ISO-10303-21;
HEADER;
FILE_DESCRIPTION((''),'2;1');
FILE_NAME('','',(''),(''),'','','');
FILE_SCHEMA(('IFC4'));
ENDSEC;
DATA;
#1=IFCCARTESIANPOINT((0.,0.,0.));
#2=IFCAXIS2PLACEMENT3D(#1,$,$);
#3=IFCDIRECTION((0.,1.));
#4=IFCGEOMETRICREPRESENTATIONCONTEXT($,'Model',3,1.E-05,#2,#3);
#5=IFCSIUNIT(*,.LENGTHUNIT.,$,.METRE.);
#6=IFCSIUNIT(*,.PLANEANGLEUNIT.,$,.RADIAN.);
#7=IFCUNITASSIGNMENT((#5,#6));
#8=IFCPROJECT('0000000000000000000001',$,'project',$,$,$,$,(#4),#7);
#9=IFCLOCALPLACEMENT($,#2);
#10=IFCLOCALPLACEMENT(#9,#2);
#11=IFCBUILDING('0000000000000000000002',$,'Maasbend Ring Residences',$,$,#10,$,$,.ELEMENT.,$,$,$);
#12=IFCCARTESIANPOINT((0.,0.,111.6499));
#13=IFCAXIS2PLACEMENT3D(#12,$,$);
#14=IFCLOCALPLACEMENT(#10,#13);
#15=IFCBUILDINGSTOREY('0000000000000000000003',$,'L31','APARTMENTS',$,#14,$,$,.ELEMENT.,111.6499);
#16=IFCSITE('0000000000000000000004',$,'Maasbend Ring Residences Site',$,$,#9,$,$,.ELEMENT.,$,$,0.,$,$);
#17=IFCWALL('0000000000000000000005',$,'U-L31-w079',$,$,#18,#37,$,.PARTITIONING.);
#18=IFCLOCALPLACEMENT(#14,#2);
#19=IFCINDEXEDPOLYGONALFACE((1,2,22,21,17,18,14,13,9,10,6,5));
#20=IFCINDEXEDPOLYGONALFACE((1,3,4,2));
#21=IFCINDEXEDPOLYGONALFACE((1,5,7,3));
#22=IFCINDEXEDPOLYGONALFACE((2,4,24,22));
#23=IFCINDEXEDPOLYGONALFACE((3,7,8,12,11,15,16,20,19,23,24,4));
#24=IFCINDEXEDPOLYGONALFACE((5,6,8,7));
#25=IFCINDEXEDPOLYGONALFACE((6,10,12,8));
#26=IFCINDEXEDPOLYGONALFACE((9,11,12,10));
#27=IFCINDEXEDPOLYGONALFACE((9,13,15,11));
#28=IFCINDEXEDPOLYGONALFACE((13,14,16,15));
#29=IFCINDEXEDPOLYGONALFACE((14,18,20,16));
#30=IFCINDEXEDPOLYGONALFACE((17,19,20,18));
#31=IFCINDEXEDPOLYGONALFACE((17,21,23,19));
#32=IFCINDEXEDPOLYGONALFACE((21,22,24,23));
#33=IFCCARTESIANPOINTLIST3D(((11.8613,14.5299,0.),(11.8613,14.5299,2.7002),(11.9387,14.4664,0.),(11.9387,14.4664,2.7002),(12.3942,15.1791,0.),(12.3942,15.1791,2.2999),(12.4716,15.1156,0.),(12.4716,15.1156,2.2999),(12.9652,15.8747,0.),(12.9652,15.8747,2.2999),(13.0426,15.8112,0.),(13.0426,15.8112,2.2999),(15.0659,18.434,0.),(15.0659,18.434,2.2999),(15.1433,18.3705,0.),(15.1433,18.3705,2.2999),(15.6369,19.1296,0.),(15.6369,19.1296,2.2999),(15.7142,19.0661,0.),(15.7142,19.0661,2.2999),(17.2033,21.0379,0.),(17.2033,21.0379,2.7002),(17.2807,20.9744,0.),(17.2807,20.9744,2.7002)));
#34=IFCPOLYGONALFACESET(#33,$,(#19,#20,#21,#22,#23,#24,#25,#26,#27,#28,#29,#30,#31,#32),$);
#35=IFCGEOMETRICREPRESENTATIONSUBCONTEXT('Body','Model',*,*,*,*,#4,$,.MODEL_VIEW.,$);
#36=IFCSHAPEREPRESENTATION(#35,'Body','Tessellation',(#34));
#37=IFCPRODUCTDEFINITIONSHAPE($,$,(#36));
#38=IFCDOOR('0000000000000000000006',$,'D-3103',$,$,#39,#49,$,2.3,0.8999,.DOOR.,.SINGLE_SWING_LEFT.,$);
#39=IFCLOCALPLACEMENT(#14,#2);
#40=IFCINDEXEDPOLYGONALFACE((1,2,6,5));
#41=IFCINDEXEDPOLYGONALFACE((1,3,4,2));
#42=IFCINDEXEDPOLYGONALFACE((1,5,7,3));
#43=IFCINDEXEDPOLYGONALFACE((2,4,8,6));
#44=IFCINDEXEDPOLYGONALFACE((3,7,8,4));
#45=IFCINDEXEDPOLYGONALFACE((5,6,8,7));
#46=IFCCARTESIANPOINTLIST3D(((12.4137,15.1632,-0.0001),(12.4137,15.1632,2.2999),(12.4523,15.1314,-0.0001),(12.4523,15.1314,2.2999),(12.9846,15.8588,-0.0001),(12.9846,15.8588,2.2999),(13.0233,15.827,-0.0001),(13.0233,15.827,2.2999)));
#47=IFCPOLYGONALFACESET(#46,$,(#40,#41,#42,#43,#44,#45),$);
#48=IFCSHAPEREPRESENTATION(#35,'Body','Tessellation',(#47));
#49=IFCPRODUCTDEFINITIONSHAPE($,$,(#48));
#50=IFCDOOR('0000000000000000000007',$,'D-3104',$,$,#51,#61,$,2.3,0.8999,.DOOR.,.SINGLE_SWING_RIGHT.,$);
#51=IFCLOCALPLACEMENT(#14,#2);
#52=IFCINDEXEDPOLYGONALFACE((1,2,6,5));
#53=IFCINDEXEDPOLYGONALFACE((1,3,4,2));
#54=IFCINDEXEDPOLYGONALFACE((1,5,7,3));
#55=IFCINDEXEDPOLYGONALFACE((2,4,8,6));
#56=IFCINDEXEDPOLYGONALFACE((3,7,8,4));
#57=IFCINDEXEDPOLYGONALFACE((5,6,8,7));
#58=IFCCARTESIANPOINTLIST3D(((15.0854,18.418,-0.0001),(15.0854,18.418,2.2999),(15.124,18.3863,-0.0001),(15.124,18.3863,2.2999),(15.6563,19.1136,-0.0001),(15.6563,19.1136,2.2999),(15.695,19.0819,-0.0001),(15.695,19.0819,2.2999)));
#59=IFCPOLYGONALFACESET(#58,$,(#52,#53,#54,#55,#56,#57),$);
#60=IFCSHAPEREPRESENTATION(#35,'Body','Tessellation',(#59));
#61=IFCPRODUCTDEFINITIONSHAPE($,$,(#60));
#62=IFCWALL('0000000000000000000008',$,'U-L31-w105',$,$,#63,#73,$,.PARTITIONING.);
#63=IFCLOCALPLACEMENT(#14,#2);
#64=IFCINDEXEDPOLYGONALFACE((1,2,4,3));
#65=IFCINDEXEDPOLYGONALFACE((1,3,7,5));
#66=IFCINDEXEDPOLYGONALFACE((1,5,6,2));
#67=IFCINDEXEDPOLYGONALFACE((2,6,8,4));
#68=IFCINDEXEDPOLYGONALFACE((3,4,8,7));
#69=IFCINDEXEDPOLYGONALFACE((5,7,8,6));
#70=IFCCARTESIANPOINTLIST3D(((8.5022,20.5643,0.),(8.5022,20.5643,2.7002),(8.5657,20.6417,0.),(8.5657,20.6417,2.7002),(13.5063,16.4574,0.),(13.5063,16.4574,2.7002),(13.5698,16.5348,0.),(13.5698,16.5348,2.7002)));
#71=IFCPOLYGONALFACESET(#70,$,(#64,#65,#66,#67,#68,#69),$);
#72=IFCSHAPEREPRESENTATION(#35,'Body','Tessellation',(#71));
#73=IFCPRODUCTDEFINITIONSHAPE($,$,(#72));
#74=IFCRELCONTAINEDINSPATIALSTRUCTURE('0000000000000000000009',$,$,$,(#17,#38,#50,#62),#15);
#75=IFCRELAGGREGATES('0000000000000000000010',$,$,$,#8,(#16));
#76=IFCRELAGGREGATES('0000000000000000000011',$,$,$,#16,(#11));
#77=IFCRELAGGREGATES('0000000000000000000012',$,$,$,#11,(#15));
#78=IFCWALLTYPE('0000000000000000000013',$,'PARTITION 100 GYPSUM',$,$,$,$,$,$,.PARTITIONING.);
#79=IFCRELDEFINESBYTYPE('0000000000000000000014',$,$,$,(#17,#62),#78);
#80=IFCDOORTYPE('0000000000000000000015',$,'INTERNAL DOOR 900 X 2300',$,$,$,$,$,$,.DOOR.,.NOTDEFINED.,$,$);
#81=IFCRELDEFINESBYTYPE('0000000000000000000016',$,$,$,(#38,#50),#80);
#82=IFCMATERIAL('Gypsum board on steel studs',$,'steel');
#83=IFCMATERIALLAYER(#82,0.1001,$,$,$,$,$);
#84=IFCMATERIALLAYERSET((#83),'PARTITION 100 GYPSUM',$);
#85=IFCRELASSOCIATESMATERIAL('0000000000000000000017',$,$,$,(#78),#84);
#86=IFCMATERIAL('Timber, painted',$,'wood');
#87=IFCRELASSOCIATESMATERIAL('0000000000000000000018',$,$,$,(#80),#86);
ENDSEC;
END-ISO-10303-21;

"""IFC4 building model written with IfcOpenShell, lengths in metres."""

from ifc_helpers import new_model, si_unit, direction, frame, frame_2d, origin, place, context, subcontext, project, spatial, rectangle, extrude, material, layer, layer_set, type_object, element, fill, save


model = new_model("IFC4")

# Units and contexts
model_context = context("Model", 3, precision=1e-05, world=origin(), true_north=direction((0.0, 1.0)))
body_context = subcontext(model_context, "Body", "Model", "MODEL_VIEW")
ifc_project = project(units=[si_unit("LENGTHUNIT", "METRE"), si_unit("PLANEANGLEUNIT", "RADIAN")], contexts=[model_context])

# Site, building, storey
site_placement = place(None, origin())
site = spatial("IfcSite", under=ifc_project, at=site_placement, Name="Maasbend Ring Residences Site", CompositionType="ELEMENT", RefElevation=0.0)
building_placement = place(site_placement, origin())
building = spatial("IfcBuilding", under=site, at=building_placement, Name="Maasbend Ring Residences", CompositionType="ELEMENT")
storey_placement = place(building_placement, frame((0.0, 0.0, 111.6499)))
storey = spatial("IfcBuildingStorey", under=building, at=storey_placement, Name="L31", Description="APARTMENTS", CompositionType="ELEMENT", Elevation=111.6499)

# Shared definitions
ifc_material_1 = material(Name="Gypsum board on steel studs", Category="steel")
ifc_layer_1 = layer(ifc_material_1, 0.1001)
ifc_layer_set_1 = layer_set([ifc_layer_1], Name="PARTITION 100 GYPSUM")
wall_type_1 = type_object("IfcWallType", Name="PARTITION 100 GYPSUM", PredefinedType="PARTITIONING", material=ifc_layer_set_1)
ifc_material_2 = material(Name="Timber, painted", Category="wood")
door_type_1 = type_object("IfcDoorType", Name="INTERNAL DOOR 900 X 2300", OperationType="NOTDEFINED", PredefinedType="DOOR", material=ifc_material_2)

# Wall, openings, doors
wall_1_placement = place(storey_placement, frame((11.8999, 14.498, 0.0), z_axis=(0.0, 0.0, 1.0), x_axis=(0.634465, 0.772951, 0.0)))
wall_1 = element("IfcWall", 1, at=wall_1_placement, inside=storey, type_object=wall_type_1, Name="U-L31-w079", PredefinedType="PARTITIONING", context=body_context, shape_type="SweptSolid", body=[
    extrude(rectangle(XDim=8.4197, YDim=0.1001, at=frame_2d((4.21, 0.0))), origin(), (0.0, 0.0, 1.0), 2.7002),
])
opening_1_placement = place(wall_1_placement, frame((0.8401, 0.0, 0.0)))
opening_1 = element("IfcOpeningElement", 2, at=opening_1_placement, cuts=wall_1, PredefinedType="OPENING", context=body_context, shape_type="SweptSolid", body=[
    extrude(rectangle(XDim=0.8999, YDim=2.3, at=frame_2d((0.45, 1.1499))), frame((0.0, 0.0601, 0.0), z_axis=(0.0, -1.0, 0.0), x_axis=(1.0, 0.0, 0.0)), (0.0, 0.0, 1.0), 0.1201),
])
opening_2_placement = place(wall_1_placement, frame((5.051, 0.0, 0.0)))
opening_2 = element("IfcOpeningElement", 3, at=opening_2_placement, cuts=wall_1, PredefinedType="OPENING", context=body_context, shape_type="SweptSolid", body=[
    extrude(rectangle(XDim=0.8999, YDim=2.3, at=frame_2d((0.45, 1.1499))), frame((0.0, 0.0601, 0.0), z_axis=(0.0, -1.0, 0.0), x_axis=(1.0, 0.0, 0.0)), (0.0, 0.0, 1.0), 0.1201),
])
door_1_placement = place(opening_1_placement, origin())
door_1 = element("IfcDoor", 4, at=door_1_placement, inside=storey, type_object=door_type_1, Name="D-3103", OperationType="SINGLE_SWING_LEFT", OverallHeight=2.3, OverallWidth=0.8999, PredefinedType="DOOR", context=body_context, shape_type="SweptSolid", body=[
    extrude(rectangle(XDim=0.8999, YDim=2.3, at=frame_2d((0.45, 1.1499))), frame((0.0, 0.0249, 0.0), z_axis=(0.0, -1.0, 0.0), x_axis=(1.0, 0.0, 0.0)), (0.0, 0.0, 1.0), 0.05),
])
fill(opening_1, door_1)
door_2_placement = place(opening_2_placement, origin())
door_2 = element("IfcDoor", 5, at=door_2_placement, inside=storey, type_object=door_type_1, Name="D-3104", OperationType="SINGLE_SWING_RIGHT", OverallHeight=2.3, OverallWidth=0.8999, PredefinedType="DOOR", context=body_context, shape_type="SweptSolid", body=[
    extrude(rectangle(XDim=0.8999, YDim=2.3, at=frame_2d((0.45, 1.1499))), frame((0.0, 0.0249, 0.0), z_axis=(0.0, -1.0, 0.0), x_axis=(1.0, 0.0, 0.0)), (0.0, 0.0, 1.0), 0.05),
])
fill(opening_2, door_2)

# Wall
wall_2_placement = place(storey_placement, frame((8.5339, 20.603, 0.0), z_axis=(0.0, 0.0, 1.0), x_axis=(0.773, -0.634406, 0.0)))
element("IfcWall", 6, at=wall_2_placement, inside=storey, type_object=wall_type_1, Name="U-L31-w105", PredefinedType="PARTITIONING", context=body_context, shape_type="SweptSolid", body=[
    extrude(rectangle(XDim=6.4736, YDim=0.1001, at=frame_2d((3.2368, 0.0))), origin(), (0.0, 0.0, 1.0), 2.7002),
])

save(model, "model.ifc")
